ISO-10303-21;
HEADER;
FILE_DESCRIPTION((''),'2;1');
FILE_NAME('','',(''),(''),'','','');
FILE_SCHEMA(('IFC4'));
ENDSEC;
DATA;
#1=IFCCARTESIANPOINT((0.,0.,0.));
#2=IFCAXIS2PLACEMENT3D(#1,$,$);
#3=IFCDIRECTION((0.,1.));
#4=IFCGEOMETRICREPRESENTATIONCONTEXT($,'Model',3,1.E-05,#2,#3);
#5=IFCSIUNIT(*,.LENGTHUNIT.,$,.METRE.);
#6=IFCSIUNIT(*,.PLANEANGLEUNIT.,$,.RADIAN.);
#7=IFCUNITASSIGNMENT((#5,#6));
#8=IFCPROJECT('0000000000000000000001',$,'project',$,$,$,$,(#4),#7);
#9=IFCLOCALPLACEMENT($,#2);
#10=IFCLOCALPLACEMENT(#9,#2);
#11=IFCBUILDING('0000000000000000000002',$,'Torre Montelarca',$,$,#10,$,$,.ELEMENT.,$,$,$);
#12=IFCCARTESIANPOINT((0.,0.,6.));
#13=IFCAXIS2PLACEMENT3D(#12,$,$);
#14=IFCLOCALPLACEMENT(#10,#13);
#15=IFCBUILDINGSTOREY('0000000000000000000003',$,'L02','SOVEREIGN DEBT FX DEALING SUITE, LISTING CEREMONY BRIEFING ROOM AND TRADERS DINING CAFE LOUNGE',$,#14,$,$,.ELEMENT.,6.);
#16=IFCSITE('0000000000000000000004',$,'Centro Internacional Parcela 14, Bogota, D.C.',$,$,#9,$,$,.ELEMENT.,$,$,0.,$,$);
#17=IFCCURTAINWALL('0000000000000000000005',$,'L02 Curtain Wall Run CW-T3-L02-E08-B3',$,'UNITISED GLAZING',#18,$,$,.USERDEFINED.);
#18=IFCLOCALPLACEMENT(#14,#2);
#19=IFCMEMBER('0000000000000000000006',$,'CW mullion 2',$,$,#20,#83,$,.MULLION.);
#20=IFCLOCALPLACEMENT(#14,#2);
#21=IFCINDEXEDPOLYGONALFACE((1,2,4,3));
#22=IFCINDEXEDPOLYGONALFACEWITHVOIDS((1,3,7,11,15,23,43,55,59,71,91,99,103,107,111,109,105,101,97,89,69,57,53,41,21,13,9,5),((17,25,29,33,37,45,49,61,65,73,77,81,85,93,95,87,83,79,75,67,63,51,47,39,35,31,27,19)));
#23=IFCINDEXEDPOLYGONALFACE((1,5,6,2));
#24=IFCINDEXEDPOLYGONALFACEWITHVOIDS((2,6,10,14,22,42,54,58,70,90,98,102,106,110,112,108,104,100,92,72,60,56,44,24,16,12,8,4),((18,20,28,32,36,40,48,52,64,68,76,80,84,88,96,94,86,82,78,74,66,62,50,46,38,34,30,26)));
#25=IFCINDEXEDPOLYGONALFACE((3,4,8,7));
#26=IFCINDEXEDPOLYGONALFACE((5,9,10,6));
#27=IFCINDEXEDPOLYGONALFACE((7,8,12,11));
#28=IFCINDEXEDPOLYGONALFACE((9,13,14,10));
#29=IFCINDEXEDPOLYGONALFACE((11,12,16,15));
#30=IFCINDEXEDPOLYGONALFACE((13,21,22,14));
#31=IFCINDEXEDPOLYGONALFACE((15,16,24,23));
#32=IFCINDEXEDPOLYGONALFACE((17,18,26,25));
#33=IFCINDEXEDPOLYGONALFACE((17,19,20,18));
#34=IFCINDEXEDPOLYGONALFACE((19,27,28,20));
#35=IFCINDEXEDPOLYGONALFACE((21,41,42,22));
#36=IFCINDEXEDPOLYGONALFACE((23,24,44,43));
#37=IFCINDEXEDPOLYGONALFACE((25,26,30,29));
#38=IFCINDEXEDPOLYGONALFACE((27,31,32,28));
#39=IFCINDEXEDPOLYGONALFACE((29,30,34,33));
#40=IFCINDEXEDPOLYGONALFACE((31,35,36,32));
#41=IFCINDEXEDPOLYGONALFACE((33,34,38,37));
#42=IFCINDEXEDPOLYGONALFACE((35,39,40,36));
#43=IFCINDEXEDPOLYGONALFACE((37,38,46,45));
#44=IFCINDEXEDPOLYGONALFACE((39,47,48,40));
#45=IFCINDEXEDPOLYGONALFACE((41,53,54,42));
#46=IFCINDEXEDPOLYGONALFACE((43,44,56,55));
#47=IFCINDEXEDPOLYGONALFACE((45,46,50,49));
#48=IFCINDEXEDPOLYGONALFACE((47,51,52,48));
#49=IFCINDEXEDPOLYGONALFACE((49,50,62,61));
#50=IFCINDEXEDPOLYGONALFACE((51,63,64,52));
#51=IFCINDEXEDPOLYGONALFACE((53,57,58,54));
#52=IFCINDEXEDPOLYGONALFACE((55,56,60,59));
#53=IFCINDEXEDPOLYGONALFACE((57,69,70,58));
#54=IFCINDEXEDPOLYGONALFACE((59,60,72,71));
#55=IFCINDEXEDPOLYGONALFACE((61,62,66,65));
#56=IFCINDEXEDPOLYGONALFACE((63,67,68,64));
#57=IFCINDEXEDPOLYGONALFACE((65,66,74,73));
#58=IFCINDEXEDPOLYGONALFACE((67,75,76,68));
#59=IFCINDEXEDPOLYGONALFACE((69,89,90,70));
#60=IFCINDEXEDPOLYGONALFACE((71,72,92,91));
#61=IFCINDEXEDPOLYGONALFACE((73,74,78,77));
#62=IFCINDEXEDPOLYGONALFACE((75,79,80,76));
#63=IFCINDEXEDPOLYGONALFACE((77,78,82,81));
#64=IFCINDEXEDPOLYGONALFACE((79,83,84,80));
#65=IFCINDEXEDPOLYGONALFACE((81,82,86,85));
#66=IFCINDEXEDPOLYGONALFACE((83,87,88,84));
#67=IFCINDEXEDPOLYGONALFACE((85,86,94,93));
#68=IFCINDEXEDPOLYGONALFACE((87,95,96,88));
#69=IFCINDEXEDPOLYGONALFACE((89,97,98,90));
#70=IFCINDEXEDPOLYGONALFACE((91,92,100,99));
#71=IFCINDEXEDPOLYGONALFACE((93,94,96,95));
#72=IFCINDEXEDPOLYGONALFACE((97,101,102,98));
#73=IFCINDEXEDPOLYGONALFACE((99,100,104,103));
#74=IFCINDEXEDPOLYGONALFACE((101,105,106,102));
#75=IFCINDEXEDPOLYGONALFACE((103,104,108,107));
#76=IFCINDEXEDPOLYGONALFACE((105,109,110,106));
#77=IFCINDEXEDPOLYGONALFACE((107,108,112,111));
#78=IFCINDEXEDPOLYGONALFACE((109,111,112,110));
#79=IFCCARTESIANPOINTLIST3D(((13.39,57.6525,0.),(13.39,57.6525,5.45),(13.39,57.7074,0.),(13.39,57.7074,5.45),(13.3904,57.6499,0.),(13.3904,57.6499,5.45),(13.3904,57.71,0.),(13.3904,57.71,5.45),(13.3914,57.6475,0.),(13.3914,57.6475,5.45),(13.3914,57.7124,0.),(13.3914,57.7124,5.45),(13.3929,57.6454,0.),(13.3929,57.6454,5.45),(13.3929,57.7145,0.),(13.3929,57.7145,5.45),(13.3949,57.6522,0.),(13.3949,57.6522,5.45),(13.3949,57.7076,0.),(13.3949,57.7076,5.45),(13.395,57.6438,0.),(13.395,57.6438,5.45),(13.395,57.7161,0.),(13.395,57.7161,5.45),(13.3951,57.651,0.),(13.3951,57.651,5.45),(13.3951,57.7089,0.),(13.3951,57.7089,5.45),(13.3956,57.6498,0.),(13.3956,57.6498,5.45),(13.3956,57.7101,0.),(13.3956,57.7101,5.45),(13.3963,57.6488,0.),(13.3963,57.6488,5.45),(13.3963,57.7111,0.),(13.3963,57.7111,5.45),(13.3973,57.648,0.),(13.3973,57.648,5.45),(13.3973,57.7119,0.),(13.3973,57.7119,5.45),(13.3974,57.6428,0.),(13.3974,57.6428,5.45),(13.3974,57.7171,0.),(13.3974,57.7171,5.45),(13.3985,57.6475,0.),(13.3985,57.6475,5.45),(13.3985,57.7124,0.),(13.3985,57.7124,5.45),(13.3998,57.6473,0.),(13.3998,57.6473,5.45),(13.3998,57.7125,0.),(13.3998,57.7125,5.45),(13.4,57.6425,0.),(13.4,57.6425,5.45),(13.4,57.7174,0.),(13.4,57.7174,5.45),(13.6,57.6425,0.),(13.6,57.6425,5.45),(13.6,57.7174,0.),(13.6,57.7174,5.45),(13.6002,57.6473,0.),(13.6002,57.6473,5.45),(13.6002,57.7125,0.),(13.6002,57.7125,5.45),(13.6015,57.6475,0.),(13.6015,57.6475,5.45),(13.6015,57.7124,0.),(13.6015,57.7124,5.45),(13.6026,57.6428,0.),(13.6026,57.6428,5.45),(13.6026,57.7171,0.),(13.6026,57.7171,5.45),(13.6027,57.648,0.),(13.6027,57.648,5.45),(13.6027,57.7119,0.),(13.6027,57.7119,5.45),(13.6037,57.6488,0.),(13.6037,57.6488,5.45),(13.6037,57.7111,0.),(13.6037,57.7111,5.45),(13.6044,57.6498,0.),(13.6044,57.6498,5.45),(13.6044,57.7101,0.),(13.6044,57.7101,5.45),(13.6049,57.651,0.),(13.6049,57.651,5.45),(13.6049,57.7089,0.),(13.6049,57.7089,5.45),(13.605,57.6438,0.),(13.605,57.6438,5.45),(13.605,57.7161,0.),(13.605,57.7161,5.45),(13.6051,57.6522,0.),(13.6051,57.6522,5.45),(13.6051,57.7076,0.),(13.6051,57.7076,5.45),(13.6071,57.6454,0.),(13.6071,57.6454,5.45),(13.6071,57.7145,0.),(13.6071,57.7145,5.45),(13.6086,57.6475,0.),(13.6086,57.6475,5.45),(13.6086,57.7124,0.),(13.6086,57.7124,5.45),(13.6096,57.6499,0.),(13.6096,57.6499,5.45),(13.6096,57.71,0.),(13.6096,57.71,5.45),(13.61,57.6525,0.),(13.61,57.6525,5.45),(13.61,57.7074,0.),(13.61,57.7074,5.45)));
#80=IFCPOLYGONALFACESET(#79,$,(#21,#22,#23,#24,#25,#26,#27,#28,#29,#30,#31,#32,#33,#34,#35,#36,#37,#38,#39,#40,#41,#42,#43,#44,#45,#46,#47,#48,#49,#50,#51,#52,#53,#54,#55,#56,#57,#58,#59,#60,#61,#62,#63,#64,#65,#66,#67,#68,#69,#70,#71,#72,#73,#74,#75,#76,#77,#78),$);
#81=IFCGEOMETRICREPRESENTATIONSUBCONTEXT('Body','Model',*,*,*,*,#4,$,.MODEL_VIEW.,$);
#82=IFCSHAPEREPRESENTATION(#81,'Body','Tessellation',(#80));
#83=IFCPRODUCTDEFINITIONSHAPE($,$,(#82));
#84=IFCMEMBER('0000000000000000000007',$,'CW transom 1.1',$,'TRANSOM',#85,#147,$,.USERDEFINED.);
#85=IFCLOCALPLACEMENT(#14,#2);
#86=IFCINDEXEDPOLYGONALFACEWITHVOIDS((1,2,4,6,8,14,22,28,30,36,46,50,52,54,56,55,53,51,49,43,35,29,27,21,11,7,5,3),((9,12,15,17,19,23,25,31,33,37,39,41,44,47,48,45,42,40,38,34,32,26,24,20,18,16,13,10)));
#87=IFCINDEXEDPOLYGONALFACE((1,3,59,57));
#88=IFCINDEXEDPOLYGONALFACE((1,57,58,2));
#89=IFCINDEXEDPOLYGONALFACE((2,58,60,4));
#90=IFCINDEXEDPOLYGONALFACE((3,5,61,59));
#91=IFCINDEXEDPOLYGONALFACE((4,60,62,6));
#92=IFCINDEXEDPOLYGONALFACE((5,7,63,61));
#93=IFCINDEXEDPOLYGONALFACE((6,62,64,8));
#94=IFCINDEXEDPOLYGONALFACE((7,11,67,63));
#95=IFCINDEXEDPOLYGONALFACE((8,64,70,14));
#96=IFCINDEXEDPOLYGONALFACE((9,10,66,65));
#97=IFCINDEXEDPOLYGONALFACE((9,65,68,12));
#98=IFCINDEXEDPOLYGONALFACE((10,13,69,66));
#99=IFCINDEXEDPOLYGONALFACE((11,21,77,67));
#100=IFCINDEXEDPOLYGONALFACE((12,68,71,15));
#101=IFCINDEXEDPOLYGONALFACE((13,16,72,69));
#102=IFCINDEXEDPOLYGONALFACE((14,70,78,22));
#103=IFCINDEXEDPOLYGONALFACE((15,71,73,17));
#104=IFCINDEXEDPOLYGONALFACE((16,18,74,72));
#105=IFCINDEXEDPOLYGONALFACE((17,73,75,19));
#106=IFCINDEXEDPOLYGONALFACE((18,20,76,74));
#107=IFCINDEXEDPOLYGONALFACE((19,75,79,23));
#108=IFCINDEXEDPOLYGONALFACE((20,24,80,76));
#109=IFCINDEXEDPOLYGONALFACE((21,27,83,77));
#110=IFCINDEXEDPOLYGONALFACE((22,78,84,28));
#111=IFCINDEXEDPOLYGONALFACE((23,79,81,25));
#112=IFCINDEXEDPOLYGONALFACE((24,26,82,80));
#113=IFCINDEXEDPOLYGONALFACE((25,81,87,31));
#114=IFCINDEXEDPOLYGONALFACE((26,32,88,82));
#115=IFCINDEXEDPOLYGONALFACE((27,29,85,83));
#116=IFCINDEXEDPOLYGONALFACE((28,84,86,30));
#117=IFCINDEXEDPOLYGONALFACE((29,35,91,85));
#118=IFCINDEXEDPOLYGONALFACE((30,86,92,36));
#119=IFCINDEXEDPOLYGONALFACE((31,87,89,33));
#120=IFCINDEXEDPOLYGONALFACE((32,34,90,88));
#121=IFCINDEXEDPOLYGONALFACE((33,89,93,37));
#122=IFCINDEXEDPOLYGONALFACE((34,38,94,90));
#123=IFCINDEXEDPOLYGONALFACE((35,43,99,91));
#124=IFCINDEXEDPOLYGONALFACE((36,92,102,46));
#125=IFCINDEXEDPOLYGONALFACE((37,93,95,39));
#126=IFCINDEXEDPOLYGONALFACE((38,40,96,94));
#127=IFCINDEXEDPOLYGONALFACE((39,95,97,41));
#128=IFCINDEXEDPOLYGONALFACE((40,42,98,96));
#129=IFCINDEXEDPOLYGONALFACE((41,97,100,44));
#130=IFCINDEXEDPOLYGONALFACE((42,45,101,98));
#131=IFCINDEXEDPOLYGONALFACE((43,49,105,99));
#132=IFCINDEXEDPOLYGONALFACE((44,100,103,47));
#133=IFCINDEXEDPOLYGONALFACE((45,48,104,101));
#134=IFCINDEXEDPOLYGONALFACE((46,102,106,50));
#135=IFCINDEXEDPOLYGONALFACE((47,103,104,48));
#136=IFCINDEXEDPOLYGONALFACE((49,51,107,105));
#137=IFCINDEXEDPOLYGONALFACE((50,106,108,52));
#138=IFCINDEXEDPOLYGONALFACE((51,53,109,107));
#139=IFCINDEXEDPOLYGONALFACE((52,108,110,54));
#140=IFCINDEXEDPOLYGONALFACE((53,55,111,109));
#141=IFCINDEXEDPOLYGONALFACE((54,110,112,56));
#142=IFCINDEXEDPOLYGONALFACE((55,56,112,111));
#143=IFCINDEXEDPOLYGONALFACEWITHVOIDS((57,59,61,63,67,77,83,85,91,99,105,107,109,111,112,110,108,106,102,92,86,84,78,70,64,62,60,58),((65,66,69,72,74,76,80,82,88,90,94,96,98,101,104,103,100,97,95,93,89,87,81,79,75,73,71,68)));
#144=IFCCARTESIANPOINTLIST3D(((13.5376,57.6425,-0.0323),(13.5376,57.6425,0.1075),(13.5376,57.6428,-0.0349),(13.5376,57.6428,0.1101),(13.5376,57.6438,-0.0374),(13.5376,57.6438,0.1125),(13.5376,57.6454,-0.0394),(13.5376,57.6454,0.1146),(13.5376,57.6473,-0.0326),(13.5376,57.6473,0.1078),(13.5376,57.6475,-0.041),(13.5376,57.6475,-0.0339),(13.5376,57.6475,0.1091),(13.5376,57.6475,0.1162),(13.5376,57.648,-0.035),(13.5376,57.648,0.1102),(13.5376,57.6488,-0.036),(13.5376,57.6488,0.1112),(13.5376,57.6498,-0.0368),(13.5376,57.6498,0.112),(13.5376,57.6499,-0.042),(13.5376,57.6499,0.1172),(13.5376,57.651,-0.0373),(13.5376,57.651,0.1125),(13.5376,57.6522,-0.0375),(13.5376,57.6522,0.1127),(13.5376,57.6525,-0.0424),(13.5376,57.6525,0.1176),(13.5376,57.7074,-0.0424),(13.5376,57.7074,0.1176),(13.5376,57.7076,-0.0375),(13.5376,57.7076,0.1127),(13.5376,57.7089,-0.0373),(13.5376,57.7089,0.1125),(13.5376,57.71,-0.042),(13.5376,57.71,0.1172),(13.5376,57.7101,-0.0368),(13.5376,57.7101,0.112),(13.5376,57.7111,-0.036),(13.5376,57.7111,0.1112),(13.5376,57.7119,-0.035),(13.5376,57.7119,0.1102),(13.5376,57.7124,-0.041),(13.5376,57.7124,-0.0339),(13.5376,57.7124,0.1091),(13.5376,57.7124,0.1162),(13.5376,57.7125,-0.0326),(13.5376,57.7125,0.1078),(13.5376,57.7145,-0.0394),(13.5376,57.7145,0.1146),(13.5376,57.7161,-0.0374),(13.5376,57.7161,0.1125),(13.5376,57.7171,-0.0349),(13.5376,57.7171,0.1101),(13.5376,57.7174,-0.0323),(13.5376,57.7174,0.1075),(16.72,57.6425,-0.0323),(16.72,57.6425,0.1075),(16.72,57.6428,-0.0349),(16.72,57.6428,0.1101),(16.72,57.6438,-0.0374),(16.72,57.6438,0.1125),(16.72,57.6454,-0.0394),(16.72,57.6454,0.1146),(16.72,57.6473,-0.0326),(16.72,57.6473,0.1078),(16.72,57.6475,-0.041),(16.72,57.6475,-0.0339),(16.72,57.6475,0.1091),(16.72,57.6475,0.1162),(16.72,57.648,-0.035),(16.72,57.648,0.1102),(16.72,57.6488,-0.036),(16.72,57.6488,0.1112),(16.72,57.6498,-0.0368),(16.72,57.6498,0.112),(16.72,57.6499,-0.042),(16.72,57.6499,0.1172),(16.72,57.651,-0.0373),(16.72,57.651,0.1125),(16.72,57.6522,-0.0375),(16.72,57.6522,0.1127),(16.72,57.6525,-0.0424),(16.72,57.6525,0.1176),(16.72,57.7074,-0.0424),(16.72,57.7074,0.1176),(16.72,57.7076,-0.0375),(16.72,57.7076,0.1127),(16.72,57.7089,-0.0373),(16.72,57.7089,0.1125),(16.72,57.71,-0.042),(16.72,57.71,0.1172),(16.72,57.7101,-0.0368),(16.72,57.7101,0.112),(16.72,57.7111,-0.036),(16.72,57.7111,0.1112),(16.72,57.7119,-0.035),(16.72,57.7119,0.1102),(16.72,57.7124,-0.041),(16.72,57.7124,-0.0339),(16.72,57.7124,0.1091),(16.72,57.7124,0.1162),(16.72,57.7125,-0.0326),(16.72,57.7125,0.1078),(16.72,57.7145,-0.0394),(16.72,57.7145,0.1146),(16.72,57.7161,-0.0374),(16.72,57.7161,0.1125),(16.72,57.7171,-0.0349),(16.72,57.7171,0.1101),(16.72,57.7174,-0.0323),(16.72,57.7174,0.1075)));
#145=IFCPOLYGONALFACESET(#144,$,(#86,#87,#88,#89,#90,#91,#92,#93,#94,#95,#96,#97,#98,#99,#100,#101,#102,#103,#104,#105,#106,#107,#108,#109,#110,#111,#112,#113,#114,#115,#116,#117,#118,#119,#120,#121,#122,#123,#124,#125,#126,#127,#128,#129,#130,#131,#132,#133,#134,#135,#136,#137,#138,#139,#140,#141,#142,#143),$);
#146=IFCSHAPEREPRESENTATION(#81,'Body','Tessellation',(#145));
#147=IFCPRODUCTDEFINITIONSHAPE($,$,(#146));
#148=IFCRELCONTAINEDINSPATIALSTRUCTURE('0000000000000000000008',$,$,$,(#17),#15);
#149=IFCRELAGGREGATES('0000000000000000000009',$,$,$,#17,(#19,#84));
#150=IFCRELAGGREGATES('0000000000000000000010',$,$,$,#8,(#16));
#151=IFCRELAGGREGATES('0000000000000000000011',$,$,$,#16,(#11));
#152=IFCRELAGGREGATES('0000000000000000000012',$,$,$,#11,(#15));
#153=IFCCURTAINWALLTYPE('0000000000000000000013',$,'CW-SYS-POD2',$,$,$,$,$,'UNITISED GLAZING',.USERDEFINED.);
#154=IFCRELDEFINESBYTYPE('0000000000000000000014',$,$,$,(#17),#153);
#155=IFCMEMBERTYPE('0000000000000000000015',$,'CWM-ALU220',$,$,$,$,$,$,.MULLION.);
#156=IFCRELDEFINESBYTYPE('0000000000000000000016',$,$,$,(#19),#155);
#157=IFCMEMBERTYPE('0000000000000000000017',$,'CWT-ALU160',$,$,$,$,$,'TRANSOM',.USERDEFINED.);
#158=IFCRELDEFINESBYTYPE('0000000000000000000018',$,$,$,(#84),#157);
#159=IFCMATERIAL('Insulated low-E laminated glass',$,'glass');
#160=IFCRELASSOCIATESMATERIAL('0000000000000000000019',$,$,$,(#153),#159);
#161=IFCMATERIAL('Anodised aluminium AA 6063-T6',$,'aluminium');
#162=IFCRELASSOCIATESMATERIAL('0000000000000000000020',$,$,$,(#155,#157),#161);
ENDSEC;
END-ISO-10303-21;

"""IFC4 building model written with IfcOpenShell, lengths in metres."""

from ifc_helpers import new_model, si_unit, direction, frame, origin, origin_2d, place, context, subcontext, project, spatial, hollow_rectangle, extrude, source, transform, mapped, material, material_profile, profile_set, type_object, element, aggregate, save


model = new_model("IFC4")

# Units and contexts
model_context = context("Model", 3, precision=1e-05, world=origin(), true_north=direction((0.0, 1.0)))
body_context = subcontext(model_context, "Body", "Model", "MODEL_VIEW")
ifc_project = project(units=[si_unit("LENGTHUNIT", "METRE"), si_unit("PLANEANGLEUNIT", "RADIAN")], contexts=[model_context])

# Site, building, storey
site_placement = place(None, origin())
site = spatial("IfcSite", under=ifc_project, at=site_placement, Name="Centro Internacional Parcela 14, Bogota, D.C.", CompositionType="ELEMENT", RefElevation=0.0)
building_placement = place(site_placement, origin())
building = spatial("IfcBuilding", under=site, at=building_placement, Name="Torre Montelarca", CompositionType="ELEMENT")
storey_placement = place(building_placement, frame((0.0, 0.0, 6.0)))
storey = spatial("IfcBuildingStorey", under=building, at=storey_placement, Name="L02", Description="SOVEREIGN DEBT FX DEALING SUITE, LISTING CEREMONY BRIEFING ROOM AND TRADERS DINING CAFE LOUNGE", CompositionType="ELEMENT", Elevation=6.0)

# Curtain wall, members
ifc_material_1 = material(Name="Insulated low-E laminated glass", Category="glass")
curtain_wall_type = type_object("IfcCurtainWallType", Name="CW-SYS-POD2", ElementType="UNITISED GLAZING", PredefinedType="USERDEFINED", material=ifc_material_1)
ifc_material_2 = material(Name="Anodised aluminium AA 6063-T6", Category="aluminium")
ifc_material_profile_1 = material_profile(ifc_material_2, hollow_rectangle(XDim=0.075, YDim=0.22, WallThickness=0.0049, InnerFilletRadius=0.0049, OuterFilletRadius=0.01, at=origin_2d()), Name="ALU75X220X5", Category="aluminium")
ifc_profile_set_1 = profile_set([ifc_material_profile_1], Name="Anodised aluminium AA 6063-T6")
member_type_1 = type_object("IfcMemberType", Name="CWM-ALU220", PredefinedType="MULLION", material=ifc_profile_set_1)
shared_shape_1 = source(origin(), body_context, "Body", "SweptSolid", [
    extrude(hollow_rectangle(XDim=0.075, YDim=0.22, WallThickness=0.0049, InnerFilletRadius=0.0049, OuterFilletRadius=0.01, at=origin_2d()), origin(), (0.0, 0.0, 1.0), 5.45),
])
curtain_wall_1_placement = place(storey_placement, origin())
curtain_wall_1 = element("IfcCurtainWall", 1, at=curtain_wall_1_placement, inside=storey, type_object=curtain_wall_type, Name="L02 Curtain Wall Run CW-T3-L02-E08-B3", ObjectType="UNITISED GLAZING", PredefinedType="USERDEFINED")
member_1_placement = place(storey_placement, frame((13.5, 57.6799, 0.0), z_axis=(0.0, 0.0, 1.0), x_axis=(0.0, -1.0, 0.0)))
member_1 = element("IfcMember", 2, at=member_1_placement, type_object=member_type_1, Name="CW mullion 2", PredefinedType="MULLION", context=body_context, shape_type="MappedRepresentation", body=[
    mapped(shared_shape_1, transform((0.0, 0.0, 0.0), scale=1.0)),
])
ifc_material_profile_2 = material_profile(ifc_material_2, hollow_rectangle(XDim=0.075, YDim=0.1599, WallThickness=0.0049, InnerFilletRadius=0.0049, OuterFilletRadius=0.01, at=origin_2d()), Name="ALU75X160X5", Category="aluminium")
ifc_profile_set_2 = profile_set([ifc_material_profile_2], Name="Anodised aluminium AA 6063-T6")
member_type_2 = type_object("IfcMemberType", Name="CWT-ALU160", ElementType="TRANSOM", PredefinedType="USERDEFINED", material=ifc_profile_set_2)
shared_shape_2 = source(origin(), body_context, "Body", "SweptSolid", [
    extrude(hollow_rectangle(XDim=0.075, YDim=0.1599, WallThickness=0.0049, InnerFilletRadius=0.0049, OuterFilletRadius=0.01, at=origin_2d()), origin(), (0.0, 0.0, 1.0), 3.1824),
])
member_2_placement = place(storey_placement, frame((16.72, 57.6799, 0.0376), z_axis=(-1.0, 0.0, 0.0), x_axis=(0.0, -1.0, 0.0)))
member_2 = element("IfcMember", 3, at=member_2_placement, type_object=member_type_2, Name="CW transom 1.1", ObjectType="TRANSOM", PredefinedType="USERDEFINED", context=body_context, shape_type="MappedRepresentation", body=[
    mapped(shared_shape_2, transform((0.0, 0.0, 0.0), scale=1.0)),
])

aggregate(curtain_wall_1, [member_1, member_2])

save(model, "model.ifc")
